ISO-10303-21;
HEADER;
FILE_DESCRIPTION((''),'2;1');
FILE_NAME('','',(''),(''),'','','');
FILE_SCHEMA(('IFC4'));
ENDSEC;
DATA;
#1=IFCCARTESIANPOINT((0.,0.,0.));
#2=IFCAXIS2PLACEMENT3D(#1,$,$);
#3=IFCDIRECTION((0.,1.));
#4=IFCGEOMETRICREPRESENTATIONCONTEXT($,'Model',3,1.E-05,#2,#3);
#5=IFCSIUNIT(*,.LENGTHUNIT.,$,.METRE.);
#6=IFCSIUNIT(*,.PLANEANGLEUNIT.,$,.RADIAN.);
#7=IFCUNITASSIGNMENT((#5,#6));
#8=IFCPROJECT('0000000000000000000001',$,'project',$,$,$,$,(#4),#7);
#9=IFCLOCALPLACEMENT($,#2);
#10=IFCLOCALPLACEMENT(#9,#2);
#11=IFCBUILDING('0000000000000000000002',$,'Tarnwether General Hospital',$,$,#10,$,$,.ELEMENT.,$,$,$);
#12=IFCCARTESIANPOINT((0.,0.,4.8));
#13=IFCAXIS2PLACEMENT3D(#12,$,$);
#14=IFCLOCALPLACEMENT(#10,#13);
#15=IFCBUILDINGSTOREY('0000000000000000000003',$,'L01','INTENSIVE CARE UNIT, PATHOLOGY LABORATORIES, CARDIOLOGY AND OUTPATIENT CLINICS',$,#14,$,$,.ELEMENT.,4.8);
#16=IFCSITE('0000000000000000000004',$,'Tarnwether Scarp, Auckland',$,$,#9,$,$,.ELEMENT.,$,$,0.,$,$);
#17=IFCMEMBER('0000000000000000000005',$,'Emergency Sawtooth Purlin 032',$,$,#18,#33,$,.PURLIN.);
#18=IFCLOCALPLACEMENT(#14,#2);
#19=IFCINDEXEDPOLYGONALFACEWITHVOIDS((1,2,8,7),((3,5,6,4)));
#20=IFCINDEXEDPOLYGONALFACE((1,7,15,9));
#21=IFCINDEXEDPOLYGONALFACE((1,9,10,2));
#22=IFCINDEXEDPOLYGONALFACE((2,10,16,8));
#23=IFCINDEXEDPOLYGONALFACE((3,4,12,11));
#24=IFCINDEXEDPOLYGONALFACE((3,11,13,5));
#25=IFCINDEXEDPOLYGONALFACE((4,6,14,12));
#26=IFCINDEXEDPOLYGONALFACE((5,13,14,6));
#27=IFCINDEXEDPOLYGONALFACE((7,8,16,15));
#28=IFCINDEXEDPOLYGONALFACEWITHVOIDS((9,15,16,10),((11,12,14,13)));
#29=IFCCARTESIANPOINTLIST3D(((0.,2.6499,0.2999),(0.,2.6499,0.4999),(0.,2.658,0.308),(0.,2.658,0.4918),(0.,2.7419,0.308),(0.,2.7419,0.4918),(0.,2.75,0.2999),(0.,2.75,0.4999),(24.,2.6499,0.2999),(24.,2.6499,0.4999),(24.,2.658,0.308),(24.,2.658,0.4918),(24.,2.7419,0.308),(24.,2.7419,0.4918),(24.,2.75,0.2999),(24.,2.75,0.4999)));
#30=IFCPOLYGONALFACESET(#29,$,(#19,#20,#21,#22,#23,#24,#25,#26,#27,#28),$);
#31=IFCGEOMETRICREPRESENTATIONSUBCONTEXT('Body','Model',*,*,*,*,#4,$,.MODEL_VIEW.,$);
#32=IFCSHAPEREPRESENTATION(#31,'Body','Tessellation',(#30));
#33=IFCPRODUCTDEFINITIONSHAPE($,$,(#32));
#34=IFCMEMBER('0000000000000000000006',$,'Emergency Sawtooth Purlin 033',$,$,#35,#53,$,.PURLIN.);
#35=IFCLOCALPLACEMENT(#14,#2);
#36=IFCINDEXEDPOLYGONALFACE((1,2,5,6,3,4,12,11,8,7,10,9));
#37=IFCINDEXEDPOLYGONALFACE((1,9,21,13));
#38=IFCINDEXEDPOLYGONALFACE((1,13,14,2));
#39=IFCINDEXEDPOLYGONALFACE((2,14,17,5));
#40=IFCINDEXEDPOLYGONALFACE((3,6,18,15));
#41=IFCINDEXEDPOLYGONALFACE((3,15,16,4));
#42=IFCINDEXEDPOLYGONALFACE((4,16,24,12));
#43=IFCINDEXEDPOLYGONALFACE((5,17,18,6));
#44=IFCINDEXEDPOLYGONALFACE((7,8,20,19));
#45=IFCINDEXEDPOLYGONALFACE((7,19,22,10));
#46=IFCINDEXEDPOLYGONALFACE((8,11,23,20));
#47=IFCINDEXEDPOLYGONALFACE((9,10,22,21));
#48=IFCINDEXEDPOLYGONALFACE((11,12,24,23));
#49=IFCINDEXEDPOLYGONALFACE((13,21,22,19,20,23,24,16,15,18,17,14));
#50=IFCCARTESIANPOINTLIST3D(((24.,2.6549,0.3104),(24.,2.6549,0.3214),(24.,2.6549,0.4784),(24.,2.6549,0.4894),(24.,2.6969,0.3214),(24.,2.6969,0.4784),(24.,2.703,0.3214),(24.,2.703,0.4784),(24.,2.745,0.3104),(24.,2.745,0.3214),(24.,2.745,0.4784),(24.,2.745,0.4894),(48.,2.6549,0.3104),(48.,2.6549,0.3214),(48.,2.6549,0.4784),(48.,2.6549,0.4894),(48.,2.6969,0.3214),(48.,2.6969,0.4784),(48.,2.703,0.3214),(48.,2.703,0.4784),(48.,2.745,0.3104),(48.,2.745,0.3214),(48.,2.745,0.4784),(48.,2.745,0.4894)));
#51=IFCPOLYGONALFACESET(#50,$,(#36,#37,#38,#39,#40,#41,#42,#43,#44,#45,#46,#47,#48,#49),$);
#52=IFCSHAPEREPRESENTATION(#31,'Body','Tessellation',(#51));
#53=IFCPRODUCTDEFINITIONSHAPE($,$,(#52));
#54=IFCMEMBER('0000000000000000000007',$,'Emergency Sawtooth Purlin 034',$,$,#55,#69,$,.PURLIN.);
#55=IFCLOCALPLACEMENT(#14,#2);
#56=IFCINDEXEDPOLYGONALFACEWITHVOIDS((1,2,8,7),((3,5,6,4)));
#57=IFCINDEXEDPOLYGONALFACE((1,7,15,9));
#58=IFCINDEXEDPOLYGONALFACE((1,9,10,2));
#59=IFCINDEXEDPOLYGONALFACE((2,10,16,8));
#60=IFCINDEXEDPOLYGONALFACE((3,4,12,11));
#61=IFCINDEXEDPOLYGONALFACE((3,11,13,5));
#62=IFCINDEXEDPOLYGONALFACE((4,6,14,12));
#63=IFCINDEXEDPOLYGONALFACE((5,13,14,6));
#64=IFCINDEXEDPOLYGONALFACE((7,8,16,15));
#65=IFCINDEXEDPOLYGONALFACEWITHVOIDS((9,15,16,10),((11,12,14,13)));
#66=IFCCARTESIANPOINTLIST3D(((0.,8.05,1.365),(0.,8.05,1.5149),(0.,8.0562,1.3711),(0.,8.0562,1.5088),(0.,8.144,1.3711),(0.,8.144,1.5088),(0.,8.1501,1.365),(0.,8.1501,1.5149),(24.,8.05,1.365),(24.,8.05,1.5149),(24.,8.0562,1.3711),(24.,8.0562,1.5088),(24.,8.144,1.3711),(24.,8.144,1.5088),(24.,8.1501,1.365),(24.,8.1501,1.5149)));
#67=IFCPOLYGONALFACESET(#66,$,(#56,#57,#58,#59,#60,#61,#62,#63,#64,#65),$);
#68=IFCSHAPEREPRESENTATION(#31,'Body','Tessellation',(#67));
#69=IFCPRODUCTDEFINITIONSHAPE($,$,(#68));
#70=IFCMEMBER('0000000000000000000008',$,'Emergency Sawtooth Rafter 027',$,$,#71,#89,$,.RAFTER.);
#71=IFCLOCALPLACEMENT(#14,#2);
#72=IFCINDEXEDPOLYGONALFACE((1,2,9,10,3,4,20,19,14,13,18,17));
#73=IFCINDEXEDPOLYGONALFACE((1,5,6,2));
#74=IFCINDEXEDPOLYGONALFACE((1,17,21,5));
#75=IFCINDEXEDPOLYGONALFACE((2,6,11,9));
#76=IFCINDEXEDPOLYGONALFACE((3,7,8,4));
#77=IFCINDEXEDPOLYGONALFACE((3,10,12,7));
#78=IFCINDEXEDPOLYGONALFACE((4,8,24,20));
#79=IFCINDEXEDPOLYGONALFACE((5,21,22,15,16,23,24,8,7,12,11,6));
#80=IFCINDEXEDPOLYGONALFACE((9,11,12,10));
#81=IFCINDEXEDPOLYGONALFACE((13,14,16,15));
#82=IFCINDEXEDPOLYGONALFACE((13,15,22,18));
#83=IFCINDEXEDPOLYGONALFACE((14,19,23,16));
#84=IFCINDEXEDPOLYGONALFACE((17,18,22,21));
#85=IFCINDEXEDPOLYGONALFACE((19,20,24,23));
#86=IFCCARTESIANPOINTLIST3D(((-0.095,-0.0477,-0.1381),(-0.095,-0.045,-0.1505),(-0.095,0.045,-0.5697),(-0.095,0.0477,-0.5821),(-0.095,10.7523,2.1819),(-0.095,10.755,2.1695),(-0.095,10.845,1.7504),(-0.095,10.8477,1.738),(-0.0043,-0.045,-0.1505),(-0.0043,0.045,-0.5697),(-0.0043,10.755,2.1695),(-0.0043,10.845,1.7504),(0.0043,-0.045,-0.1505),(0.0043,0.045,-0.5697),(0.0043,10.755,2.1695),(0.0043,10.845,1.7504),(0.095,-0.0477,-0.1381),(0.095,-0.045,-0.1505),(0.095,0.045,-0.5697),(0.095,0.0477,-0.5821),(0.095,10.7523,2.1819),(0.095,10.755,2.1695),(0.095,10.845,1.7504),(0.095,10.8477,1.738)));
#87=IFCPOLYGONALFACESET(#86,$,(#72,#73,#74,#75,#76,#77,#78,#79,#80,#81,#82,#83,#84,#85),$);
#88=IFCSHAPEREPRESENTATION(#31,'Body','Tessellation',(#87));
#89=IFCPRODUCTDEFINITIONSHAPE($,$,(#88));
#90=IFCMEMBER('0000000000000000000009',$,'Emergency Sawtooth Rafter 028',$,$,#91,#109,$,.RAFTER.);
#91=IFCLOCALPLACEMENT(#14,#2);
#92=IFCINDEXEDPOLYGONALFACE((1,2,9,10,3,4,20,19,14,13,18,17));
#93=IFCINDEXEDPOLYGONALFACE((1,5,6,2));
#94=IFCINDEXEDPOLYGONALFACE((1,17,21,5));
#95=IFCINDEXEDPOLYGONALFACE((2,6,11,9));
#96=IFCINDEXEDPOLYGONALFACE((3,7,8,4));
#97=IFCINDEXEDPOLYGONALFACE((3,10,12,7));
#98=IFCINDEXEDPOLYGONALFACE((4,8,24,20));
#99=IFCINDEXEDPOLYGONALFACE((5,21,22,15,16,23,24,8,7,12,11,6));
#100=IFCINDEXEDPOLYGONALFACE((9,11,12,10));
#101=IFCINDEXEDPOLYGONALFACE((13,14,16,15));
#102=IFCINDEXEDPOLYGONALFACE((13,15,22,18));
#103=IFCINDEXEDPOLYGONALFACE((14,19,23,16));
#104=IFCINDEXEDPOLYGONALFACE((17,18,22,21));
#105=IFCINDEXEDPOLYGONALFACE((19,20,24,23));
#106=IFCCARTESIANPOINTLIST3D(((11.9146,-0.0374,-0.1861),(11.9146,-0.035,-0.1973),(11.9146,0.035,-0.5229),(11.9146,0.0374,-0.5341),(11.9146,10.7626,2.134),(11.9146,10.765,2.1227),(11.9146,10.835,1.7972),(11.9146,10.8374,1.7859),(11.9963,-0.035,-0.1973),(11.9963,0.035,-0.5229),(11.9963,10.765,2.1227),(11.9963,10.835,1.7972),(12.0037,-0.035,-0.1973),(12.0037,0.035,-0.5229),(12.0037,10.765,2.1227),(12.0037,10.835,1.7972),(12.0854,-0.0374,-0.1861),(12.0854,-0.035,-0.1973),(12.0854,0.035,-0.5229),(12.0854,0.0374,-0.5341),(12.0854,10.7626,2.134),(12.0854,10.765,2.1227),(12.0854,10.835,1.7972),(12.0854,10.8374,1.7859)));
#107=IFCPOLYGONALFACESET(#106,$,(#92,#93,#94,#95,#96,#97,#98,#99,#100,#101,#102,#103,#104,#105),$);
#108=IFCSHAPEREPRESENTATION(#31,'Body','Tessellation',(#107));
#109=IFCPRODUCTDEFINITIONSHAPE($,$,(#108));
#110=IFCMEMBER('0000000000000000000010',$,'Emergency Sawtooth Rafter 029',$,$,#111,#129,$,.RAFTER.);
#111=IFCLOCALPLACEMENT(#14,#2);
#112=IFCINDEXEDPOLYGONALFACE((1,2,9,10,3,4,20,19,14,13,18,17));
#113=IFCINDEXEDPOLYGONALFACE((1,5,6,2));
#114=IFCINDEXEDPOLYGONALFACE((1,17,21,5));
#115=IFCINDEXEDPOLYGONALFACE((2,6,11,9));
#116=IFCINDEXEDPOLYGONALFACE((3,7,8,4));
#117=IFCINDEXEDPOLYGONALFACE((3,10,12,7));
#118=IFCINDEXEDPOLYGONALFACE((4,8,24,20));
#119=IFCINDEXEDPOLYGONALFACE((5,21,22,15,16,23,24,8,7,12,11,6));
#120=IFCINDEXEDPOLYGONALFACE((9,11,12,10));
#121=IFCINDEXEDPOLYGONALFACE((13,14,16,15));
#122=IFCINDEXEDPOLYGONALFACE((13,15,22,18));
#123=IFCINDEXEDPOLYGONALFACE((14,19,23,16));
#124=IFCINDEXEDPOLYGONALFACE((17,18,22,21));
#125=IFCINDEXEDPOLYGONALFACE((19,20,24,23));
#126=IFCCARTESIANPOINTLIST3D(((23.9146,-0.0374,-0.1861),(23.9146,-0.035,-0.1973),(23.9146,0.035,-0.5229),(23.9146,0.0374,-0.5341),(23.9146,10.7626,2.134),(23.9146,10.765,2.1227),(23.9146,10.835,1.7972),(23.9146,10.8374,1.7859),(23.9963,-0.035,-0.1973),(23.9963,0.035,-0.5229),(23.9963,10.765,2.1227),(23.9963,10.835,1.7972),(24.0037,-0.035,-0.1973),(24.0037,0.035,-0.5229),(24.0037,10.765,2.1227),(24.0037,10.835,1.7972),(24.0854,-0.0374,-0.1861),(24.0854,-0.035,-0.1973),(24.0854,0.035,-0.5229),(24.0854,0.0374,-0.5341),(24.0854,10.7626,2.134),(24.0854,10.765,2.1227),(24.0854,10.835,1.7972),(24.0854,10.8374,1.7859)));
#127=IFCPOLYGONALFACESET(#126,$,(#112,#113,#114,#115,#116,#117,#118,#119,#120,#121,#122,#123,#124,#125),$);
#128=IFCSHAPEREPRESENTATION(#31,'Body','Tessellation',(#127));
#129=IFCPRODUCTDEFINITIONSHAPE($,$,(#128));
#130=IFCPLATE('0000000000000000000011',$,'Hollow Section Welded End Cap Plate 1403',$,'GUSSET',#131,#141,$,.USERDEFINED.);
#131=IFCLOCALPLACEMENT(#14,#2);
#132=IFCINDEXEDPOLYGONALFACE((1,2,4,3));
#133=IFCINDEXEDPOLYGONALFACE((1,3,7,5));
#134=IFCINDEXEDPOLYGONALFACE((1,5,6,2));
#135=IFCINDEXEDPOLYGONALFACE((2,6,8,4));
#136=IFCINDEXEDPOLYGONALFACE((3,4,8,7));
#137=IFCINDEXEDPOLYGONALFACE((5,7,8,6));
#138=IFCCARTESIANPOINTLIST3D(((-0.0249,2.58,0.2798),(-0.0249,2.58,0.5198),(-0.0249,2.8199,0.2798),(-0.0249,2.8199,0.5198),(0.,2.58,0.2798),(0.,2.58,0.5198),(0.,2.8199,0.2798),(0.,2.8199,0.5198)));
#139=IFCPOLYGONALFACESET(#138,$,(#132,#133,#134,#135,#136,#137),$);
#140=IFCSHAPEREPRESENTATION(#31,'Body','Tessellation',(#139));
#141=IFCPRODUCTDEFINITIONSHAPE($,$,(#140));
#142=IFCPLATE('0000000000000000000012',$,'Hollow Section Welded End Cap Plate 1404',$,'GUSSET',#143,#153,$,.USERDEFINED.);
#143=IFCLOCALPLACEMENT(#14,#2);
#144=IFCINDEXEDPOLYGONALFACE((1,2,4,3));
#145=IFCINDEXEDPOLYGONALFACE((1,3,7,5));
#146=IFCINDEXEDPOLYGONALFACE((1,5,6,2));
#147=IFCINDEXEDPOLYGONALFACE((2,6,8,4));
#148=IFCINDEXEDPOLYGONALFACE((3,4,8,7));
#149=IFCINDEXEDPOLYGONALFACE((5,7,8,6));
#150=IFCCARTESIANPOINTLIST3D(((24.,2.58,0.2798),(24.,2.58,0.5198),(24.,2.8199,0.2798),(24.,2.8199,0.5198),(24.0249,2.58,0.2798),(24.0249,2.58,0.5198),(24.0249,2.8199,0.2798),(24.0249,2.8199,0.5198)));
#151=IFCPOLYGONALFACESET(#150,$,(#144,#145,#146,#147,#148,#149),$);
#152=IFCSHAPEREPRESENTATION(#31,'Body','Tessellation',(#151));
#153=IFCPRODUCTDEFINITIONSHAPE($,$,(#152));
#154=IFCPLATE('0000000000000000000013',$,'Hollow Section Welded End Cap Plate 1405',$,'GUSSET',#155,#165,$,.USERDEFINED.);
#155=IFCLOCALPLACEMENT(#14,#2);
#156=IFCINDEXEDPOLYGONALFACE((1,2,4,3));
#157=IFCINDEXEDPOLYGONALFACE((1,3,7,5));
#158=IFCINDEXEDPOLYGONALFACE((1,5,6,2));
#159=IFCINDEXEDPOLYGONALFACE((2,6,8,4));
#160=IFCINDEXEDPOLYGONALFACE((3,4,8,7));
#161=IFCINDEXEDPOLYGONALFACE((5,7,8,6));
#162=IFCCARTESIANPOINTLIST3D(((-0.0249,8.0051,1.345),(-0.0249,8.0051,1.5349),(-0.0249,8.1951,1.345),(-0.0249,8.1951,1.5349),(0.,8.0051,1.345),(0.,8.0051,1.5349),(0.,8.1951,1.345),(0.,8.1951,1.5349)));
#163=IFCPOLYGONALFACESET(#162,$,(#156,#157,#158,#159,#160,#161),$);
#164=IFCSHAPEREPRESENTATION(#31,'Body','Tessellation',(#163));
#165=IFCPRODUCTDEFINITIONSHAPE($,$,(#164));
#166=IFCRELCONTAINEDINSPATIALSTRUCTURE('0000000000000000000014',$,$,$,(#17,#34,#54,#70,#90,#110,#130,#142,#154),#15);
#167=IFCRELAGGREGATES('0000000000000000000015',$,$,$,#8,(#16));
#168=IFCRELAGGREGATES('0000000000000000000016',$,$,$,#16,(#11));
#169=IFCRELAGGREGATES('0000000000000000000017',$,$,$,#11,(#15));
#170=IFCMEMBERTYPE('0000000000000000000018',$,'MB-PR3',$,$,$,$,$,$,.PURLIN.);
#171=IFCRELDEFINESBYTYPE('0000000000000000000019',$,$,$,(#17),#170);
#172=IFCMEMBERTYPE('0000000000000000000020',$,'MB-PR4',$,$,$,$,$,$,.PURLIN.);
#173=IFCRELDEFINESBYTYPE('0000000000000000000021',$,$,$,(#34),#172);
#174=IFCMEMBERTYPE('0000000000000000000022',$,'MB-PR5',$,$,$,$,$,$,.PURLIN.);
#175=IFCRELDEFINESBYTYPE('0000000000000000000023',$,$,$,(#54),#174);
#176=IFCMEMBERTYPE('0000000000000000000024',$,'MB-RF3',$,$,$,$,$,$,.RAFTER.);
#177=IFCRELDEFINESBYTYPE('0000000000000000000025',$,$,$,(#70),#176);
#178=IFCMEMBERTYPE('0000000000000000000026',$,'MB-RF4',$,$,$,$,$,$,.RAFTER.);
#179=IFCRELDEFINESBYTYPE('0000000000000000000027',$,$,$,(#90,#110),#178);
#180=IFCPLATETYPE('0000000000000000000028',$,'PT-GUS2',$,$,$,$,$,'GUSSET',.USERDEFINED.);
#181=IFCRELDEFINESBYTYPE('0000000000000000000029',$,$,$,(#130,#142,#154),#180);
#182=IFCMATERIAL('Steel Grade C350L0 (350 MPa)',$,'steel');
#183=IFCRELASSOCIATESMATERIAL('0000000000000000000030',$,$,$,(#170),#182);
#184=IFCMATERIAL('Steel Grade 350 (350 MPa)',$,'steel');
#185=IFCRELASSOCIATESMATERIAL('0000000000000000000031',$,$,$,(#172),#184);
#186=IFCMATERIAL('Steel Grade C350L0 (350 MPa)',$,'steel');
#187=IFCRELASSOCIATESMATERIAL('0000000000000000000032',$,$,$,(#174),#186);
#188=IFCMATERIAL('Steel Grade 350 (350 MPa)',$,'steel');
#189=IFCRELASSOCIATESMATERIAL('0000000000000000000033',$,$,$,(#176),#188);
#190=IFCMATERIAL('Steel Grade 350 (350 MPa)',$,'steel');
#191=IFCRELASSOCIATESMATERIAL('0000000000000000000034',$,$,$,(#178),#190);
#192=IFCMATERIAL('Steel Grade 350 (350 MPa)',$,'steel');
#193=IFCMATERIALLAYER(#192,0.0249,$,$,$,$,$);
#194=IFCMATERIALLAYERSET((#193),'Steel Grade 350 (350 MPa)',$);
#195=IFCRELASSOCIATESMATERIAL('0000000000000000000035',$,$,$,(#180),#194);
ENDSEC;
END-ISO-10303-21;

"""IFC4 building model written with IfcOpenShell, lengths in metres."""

from ifc_helpers import new_model, si_unit, direction, frame, origin, origin_2d, place, context, subcontext, project, spatial, rectangle, hollow_rectangle, i_section, extrude, material, layer, layer_set, material_profile, profile_set, type_object, element, save


model = new_model("IFC4")

# Units and contexts
model_context = context("Model", 3, precision=1e-05, world=origin(), true_north=direction((0.0, 1.0)))
body_context = subcontext(model_context, "Body", "Model", "MODEL_VIEW")
ifc_project = project(units=[si_unit("LENGTHUNIT", "METRE"), si_unit("PLANEANGLEUNIT", "RADIAN")], contexts=[model_context])

# Site, building, storey
site_placement = place(None, origin())
site = spatial("IfcSite", under=ifc_project, at=site_placement, Name="Tarnwether Scarp, Auckland", CompositionType="ELEMENT", RefElevation=0.0)
building_placement = place(site_placement, origin())
building = spatial("IfcBuilding", under=site, at=building_placement, Name="Tarnwether General Hospital", CompositionType="ELEMENT")
storey_placement = place(building_placement, frame((0.0, 0.0, 4.8)))
storey = spatial("IfcBuildingStorey", under=building, at=storey_placement, Name="L01", Description="INTENSIVE CARE UNIT, PATHOLOGY LABORATORIES, CARDIOLOGY AND OUTPATIENT CLINICS", CompositionType="ELEMENT", Elevation=4.8)

# Members
ifc_material_1 = material(Name="Steel Grade C350L0 (350 MPa)", Category="steel")
ifc_material_profile_1 = material_profile(ifc_material_1, hollow_rectangle(XDim=0.1001, YDim=0.2, WallThickness=0.0081, at=origin_2d()), Name="RHS200x100x8")
ifc_profile_set_1 = profile_set([ifc_material_profile_1], Name="Steel Grade C350L0 (350 MPa)")
member_type_1 = type_object("IfcMemberType", Name="MB-PR3", PredefinedType="PURLIN", material=ifc_profile_set_1)
member_1_placement = place(storey_placement, frame((0.0, 2.7, 0.3999), z_axis=(1.0, 0.0, 0.0), x_axis=(0.0, 1.0, 0.0)))
element("IfcMember", 1, at=member_1_placement, inside=storey, type_object=member_type_1, Name="Emergency Sawtooth Purlin 032", PredefinedType="PURLIN", context=body_context, shape_type="SweptSolid", body=[
    extrude(hollow_rectangle(XDim=0.1001, YDim=0.2, WallThickness=0.0081, at=origin_2d()), origin(), (0.0, 0.0, 1.0), 24.0),
])
ifc_material_2 = material(Name="Steel Grade 350 (350 MPa)", Category="steel")
ifc_material_profile_2 = material_profile(ifc_material_2, i_section(OverallWidth=0.0901, OverallDepth=0.179, WebThickness=0.0061, FlangeThickness=0.011, at=origin_2d()), Name="180UB22.2")
ifc_profile_set_2 = profile_set([ifc_material_profile_2], Name="Steel Grade 350 (350 MPa)")
member_type_2 = type_object("IfcMemberType", Name="MB-PR4", PredefinedType="PURLIN", material=ifc_profile_set_2)
member_2_placement = place(storey_placement, frame((24.0, 2.7, 0.3999), z_axis=(1.0, 0.0, 0.0), x_axis=(0.0, 1.0, 0.0)))
element("IfcMember", 2, at=member_2_placement, inside=storey, type_object=member_type_2, Name="Emergency Sawtooth Purlin 033", PredefinedType="PURLIN", context=body_context, shape_type="SweptSolid", body=[
    extrude(i_section(OverallWidth=0.0901, OverallDepth=0.179, WebThickness=0.0061, FlangeThickness=0.011, at=origin_2d()), origin(), (0.0, 0.0, 1.0), 24.0),
])
ifc_material_3 = material(Name="Steel Grade C350L0 (350 MPa)", Category="steel")
ifc_material_profile_3 = material_profile(ifc_material_3, hollow_rectangle(XDim=0.1001, YDim=0.1499, WallThickness=0.0061, at=origin_2d()), Name="RHS150x100x6")
ifc_profile_set_3 = profile_set([ifc_material_profile_3], Name="Steel Grade C350L0 (350 MPa)")
member_type_3 = type_object("IfcMemberType", Name="MB-PR5", PredefinedType="PURLIN", material=ifc_profile_set_3)
member_3_placement = place(storey_placement, frame((0.0, 8.1001, 1.4399), z_axis=(1.0, 0.0, 0.0), x_axis=(0.0, 1.0, 0.0)))
element("IfcMember", 3, at=member_3_placement, inside=storey, type_object=member_type_3, Name="Emergency Sawtooth Purlin 034", PredefinedType="PURLIN", context=body_context, shape_type="SweptSolid", body=[
    extrude(hollow_rectangle(XDim=0.1001, YDim=0.1499, WallThickness=0.0061, at=origin_2d()), origin(), (0.0, 0.0, 1.0), 24.0),
])
ifc_material_4 = material(Name="Steel Grade 350 (350 MPa)", Category="steel")
ifc_material_profile_4 = material_profile(ifc_material_4, i_section(OverallWidth=0.1899, OverallDepth=0.4541, WebThickness=0.0085, FlangeThickness=0.0127, at=origin_2d()), Name="460UB67.1")
ifc_profile_set_4 = profile_set([ifc_material_profile_4], Name="Steel Grade 350 (350 MPa)")
member_type_4 = type_object("IfcMemberType", Name="MB-RF3", PredefinedType="RAFTER", material=ifc_profile_set_4)
member_4_placement = place(storey_placement, frame((0.0, 0.0, -0.3601), z_axis=(0.0, 0.977695, 0.210029), x_axis=(-1.0, 0.0, 0.0)))
element("IfcMember", 4, at=member_4_placement, inside=storey, type_object=member_type_4, Name="Emergency Sawtooth Rafter 027", PredefinedType="RAFTER", context=body_context, shape_type="SweptSolid", body=[
    extrude(i_section(OverallWidth=0.1899, OverallDepth=0.4541, WebThickness=0.0085, FlangeThickness=0.0127, at=origin_2d()), origin(), (0.0, 0.0, 1.0), 11.0464),
])
ifc_material_5 = material(Name="Steel Grade 350 (350 MPa)", Category="steel")
ifc_material_profile_5 = material_profile(ifc_material_5, i_section(OverallWidth=0.1709, OverallDepth=0.356, WebThickness=0.0073, FlangeThickness=0.0115, at=origin_2d()), Name="360UB50.7")
ifc_profile_set_5 = profile_set([ifc_material_profile_5], Name="Steel Grade 350 (350 MPa)")
member_type_5 = type_object("IfcMemberType", Name="MB-RF4", PredefinedType="RAFTER", material=ifc_profile_set_5)
for number, where, z_axis, x_axis, name in (
    (5, (12.0, 0.0, -0.3601), (0.0, 0.977695, 0.210029), (-1.0, 0.0, 0.0), "Emergency Sawtooth Rafter 028"),
    (6, (24.0, 0.0, -0.3601), (0.0, 0.977695, 0.210029), (-1.0, 0.0, 0.0), "Emergency Sawtooth Rafter 029"),
):
    element("IfcMember", number, at=place(storey_placement, frame(where, z_axis=z_axis, x_axis=x_axis)), inside=storey, type_object=member_type_5, Name=name, PredefinedType="RAFTER", context=body_context, shape_type="SweptSolid", body=[
        extrude(i_section(OverallWidth=0.1709, OverallDepth=0.356, WebThickness=0.0073, FlangeThickness=0.0115, at=origin_2d()), origin(), (0.0, 0.0, 1.0), 11.0464),
    ])

# Plates
ifc_material_6 = material(Name="Steel Grade 350 (350 MPa)", Category="steel")
ifc_layer_1 = layer(ifc_material_6, 0.0249)
ifc_layer_set_1 = layer_set([ifc_layer_1], Name="Steel Grade 350 (350 MPa)")
plate_type = type_object("IfcPlateType", Name="PT-GUS2", ElementType="GUSSET", PredefinedType="USERDEFINED", material=ifc_layer_set_1)
for number, where, z_axis, x_axis, name in (
    (7, (-0.0125, 2.7, 0.2798), (0.0, 0.0, 1.0), (1.0, 0.0, 0.0), "Hollow Section Welded End Cap Plate 1403"),
    (8, (24.0125, 2.7, 0.2798), (0.0, 0.0, 1.0), (1.0, 0.0, 0.0), "Hollow Section Welded End Cap Plate 1404"),
):
    element("IfcPlate", number, at=place(storey_placement, frame(where, z_axis=z_axis, x_axis=x_axis)), inside=storey, type_object=plate_type, Name=name, ObjectType="GUSSET", PredefinedType="USERDEFINED", context=body_context, shape_type="SweptSolid", body=[
        extrude(rectangle(XDim=0.0249, YDim=0.24, at=origin_2d()), origin(), (0.0, 0.0, 1.0), 0.24),
    ])
plate_placement = place(storey_placement, frame((-0.0125, 8.1001, 1.345), z_axis=(0.0, 0.0, 1.0), x_axis=(1.0, 0.0, 0.0)))
element("IfcPlate", 9, at=plate_placement, inside=storey, type_object=plate_type, Name="Hollow Section Welded End Cap Plate 1405", ObjectType="GUSSET", PredefinedType="USERDEFINED", context=body_context, shape_type="SweptSolid", body=[
    extrude(rectangle(XDim=0.0249, YDim=0.1899, at=origin_2d()), origin(), (0.0, 0.0, 1.0), 0.1899),
])

save(model, "model.ifc")
